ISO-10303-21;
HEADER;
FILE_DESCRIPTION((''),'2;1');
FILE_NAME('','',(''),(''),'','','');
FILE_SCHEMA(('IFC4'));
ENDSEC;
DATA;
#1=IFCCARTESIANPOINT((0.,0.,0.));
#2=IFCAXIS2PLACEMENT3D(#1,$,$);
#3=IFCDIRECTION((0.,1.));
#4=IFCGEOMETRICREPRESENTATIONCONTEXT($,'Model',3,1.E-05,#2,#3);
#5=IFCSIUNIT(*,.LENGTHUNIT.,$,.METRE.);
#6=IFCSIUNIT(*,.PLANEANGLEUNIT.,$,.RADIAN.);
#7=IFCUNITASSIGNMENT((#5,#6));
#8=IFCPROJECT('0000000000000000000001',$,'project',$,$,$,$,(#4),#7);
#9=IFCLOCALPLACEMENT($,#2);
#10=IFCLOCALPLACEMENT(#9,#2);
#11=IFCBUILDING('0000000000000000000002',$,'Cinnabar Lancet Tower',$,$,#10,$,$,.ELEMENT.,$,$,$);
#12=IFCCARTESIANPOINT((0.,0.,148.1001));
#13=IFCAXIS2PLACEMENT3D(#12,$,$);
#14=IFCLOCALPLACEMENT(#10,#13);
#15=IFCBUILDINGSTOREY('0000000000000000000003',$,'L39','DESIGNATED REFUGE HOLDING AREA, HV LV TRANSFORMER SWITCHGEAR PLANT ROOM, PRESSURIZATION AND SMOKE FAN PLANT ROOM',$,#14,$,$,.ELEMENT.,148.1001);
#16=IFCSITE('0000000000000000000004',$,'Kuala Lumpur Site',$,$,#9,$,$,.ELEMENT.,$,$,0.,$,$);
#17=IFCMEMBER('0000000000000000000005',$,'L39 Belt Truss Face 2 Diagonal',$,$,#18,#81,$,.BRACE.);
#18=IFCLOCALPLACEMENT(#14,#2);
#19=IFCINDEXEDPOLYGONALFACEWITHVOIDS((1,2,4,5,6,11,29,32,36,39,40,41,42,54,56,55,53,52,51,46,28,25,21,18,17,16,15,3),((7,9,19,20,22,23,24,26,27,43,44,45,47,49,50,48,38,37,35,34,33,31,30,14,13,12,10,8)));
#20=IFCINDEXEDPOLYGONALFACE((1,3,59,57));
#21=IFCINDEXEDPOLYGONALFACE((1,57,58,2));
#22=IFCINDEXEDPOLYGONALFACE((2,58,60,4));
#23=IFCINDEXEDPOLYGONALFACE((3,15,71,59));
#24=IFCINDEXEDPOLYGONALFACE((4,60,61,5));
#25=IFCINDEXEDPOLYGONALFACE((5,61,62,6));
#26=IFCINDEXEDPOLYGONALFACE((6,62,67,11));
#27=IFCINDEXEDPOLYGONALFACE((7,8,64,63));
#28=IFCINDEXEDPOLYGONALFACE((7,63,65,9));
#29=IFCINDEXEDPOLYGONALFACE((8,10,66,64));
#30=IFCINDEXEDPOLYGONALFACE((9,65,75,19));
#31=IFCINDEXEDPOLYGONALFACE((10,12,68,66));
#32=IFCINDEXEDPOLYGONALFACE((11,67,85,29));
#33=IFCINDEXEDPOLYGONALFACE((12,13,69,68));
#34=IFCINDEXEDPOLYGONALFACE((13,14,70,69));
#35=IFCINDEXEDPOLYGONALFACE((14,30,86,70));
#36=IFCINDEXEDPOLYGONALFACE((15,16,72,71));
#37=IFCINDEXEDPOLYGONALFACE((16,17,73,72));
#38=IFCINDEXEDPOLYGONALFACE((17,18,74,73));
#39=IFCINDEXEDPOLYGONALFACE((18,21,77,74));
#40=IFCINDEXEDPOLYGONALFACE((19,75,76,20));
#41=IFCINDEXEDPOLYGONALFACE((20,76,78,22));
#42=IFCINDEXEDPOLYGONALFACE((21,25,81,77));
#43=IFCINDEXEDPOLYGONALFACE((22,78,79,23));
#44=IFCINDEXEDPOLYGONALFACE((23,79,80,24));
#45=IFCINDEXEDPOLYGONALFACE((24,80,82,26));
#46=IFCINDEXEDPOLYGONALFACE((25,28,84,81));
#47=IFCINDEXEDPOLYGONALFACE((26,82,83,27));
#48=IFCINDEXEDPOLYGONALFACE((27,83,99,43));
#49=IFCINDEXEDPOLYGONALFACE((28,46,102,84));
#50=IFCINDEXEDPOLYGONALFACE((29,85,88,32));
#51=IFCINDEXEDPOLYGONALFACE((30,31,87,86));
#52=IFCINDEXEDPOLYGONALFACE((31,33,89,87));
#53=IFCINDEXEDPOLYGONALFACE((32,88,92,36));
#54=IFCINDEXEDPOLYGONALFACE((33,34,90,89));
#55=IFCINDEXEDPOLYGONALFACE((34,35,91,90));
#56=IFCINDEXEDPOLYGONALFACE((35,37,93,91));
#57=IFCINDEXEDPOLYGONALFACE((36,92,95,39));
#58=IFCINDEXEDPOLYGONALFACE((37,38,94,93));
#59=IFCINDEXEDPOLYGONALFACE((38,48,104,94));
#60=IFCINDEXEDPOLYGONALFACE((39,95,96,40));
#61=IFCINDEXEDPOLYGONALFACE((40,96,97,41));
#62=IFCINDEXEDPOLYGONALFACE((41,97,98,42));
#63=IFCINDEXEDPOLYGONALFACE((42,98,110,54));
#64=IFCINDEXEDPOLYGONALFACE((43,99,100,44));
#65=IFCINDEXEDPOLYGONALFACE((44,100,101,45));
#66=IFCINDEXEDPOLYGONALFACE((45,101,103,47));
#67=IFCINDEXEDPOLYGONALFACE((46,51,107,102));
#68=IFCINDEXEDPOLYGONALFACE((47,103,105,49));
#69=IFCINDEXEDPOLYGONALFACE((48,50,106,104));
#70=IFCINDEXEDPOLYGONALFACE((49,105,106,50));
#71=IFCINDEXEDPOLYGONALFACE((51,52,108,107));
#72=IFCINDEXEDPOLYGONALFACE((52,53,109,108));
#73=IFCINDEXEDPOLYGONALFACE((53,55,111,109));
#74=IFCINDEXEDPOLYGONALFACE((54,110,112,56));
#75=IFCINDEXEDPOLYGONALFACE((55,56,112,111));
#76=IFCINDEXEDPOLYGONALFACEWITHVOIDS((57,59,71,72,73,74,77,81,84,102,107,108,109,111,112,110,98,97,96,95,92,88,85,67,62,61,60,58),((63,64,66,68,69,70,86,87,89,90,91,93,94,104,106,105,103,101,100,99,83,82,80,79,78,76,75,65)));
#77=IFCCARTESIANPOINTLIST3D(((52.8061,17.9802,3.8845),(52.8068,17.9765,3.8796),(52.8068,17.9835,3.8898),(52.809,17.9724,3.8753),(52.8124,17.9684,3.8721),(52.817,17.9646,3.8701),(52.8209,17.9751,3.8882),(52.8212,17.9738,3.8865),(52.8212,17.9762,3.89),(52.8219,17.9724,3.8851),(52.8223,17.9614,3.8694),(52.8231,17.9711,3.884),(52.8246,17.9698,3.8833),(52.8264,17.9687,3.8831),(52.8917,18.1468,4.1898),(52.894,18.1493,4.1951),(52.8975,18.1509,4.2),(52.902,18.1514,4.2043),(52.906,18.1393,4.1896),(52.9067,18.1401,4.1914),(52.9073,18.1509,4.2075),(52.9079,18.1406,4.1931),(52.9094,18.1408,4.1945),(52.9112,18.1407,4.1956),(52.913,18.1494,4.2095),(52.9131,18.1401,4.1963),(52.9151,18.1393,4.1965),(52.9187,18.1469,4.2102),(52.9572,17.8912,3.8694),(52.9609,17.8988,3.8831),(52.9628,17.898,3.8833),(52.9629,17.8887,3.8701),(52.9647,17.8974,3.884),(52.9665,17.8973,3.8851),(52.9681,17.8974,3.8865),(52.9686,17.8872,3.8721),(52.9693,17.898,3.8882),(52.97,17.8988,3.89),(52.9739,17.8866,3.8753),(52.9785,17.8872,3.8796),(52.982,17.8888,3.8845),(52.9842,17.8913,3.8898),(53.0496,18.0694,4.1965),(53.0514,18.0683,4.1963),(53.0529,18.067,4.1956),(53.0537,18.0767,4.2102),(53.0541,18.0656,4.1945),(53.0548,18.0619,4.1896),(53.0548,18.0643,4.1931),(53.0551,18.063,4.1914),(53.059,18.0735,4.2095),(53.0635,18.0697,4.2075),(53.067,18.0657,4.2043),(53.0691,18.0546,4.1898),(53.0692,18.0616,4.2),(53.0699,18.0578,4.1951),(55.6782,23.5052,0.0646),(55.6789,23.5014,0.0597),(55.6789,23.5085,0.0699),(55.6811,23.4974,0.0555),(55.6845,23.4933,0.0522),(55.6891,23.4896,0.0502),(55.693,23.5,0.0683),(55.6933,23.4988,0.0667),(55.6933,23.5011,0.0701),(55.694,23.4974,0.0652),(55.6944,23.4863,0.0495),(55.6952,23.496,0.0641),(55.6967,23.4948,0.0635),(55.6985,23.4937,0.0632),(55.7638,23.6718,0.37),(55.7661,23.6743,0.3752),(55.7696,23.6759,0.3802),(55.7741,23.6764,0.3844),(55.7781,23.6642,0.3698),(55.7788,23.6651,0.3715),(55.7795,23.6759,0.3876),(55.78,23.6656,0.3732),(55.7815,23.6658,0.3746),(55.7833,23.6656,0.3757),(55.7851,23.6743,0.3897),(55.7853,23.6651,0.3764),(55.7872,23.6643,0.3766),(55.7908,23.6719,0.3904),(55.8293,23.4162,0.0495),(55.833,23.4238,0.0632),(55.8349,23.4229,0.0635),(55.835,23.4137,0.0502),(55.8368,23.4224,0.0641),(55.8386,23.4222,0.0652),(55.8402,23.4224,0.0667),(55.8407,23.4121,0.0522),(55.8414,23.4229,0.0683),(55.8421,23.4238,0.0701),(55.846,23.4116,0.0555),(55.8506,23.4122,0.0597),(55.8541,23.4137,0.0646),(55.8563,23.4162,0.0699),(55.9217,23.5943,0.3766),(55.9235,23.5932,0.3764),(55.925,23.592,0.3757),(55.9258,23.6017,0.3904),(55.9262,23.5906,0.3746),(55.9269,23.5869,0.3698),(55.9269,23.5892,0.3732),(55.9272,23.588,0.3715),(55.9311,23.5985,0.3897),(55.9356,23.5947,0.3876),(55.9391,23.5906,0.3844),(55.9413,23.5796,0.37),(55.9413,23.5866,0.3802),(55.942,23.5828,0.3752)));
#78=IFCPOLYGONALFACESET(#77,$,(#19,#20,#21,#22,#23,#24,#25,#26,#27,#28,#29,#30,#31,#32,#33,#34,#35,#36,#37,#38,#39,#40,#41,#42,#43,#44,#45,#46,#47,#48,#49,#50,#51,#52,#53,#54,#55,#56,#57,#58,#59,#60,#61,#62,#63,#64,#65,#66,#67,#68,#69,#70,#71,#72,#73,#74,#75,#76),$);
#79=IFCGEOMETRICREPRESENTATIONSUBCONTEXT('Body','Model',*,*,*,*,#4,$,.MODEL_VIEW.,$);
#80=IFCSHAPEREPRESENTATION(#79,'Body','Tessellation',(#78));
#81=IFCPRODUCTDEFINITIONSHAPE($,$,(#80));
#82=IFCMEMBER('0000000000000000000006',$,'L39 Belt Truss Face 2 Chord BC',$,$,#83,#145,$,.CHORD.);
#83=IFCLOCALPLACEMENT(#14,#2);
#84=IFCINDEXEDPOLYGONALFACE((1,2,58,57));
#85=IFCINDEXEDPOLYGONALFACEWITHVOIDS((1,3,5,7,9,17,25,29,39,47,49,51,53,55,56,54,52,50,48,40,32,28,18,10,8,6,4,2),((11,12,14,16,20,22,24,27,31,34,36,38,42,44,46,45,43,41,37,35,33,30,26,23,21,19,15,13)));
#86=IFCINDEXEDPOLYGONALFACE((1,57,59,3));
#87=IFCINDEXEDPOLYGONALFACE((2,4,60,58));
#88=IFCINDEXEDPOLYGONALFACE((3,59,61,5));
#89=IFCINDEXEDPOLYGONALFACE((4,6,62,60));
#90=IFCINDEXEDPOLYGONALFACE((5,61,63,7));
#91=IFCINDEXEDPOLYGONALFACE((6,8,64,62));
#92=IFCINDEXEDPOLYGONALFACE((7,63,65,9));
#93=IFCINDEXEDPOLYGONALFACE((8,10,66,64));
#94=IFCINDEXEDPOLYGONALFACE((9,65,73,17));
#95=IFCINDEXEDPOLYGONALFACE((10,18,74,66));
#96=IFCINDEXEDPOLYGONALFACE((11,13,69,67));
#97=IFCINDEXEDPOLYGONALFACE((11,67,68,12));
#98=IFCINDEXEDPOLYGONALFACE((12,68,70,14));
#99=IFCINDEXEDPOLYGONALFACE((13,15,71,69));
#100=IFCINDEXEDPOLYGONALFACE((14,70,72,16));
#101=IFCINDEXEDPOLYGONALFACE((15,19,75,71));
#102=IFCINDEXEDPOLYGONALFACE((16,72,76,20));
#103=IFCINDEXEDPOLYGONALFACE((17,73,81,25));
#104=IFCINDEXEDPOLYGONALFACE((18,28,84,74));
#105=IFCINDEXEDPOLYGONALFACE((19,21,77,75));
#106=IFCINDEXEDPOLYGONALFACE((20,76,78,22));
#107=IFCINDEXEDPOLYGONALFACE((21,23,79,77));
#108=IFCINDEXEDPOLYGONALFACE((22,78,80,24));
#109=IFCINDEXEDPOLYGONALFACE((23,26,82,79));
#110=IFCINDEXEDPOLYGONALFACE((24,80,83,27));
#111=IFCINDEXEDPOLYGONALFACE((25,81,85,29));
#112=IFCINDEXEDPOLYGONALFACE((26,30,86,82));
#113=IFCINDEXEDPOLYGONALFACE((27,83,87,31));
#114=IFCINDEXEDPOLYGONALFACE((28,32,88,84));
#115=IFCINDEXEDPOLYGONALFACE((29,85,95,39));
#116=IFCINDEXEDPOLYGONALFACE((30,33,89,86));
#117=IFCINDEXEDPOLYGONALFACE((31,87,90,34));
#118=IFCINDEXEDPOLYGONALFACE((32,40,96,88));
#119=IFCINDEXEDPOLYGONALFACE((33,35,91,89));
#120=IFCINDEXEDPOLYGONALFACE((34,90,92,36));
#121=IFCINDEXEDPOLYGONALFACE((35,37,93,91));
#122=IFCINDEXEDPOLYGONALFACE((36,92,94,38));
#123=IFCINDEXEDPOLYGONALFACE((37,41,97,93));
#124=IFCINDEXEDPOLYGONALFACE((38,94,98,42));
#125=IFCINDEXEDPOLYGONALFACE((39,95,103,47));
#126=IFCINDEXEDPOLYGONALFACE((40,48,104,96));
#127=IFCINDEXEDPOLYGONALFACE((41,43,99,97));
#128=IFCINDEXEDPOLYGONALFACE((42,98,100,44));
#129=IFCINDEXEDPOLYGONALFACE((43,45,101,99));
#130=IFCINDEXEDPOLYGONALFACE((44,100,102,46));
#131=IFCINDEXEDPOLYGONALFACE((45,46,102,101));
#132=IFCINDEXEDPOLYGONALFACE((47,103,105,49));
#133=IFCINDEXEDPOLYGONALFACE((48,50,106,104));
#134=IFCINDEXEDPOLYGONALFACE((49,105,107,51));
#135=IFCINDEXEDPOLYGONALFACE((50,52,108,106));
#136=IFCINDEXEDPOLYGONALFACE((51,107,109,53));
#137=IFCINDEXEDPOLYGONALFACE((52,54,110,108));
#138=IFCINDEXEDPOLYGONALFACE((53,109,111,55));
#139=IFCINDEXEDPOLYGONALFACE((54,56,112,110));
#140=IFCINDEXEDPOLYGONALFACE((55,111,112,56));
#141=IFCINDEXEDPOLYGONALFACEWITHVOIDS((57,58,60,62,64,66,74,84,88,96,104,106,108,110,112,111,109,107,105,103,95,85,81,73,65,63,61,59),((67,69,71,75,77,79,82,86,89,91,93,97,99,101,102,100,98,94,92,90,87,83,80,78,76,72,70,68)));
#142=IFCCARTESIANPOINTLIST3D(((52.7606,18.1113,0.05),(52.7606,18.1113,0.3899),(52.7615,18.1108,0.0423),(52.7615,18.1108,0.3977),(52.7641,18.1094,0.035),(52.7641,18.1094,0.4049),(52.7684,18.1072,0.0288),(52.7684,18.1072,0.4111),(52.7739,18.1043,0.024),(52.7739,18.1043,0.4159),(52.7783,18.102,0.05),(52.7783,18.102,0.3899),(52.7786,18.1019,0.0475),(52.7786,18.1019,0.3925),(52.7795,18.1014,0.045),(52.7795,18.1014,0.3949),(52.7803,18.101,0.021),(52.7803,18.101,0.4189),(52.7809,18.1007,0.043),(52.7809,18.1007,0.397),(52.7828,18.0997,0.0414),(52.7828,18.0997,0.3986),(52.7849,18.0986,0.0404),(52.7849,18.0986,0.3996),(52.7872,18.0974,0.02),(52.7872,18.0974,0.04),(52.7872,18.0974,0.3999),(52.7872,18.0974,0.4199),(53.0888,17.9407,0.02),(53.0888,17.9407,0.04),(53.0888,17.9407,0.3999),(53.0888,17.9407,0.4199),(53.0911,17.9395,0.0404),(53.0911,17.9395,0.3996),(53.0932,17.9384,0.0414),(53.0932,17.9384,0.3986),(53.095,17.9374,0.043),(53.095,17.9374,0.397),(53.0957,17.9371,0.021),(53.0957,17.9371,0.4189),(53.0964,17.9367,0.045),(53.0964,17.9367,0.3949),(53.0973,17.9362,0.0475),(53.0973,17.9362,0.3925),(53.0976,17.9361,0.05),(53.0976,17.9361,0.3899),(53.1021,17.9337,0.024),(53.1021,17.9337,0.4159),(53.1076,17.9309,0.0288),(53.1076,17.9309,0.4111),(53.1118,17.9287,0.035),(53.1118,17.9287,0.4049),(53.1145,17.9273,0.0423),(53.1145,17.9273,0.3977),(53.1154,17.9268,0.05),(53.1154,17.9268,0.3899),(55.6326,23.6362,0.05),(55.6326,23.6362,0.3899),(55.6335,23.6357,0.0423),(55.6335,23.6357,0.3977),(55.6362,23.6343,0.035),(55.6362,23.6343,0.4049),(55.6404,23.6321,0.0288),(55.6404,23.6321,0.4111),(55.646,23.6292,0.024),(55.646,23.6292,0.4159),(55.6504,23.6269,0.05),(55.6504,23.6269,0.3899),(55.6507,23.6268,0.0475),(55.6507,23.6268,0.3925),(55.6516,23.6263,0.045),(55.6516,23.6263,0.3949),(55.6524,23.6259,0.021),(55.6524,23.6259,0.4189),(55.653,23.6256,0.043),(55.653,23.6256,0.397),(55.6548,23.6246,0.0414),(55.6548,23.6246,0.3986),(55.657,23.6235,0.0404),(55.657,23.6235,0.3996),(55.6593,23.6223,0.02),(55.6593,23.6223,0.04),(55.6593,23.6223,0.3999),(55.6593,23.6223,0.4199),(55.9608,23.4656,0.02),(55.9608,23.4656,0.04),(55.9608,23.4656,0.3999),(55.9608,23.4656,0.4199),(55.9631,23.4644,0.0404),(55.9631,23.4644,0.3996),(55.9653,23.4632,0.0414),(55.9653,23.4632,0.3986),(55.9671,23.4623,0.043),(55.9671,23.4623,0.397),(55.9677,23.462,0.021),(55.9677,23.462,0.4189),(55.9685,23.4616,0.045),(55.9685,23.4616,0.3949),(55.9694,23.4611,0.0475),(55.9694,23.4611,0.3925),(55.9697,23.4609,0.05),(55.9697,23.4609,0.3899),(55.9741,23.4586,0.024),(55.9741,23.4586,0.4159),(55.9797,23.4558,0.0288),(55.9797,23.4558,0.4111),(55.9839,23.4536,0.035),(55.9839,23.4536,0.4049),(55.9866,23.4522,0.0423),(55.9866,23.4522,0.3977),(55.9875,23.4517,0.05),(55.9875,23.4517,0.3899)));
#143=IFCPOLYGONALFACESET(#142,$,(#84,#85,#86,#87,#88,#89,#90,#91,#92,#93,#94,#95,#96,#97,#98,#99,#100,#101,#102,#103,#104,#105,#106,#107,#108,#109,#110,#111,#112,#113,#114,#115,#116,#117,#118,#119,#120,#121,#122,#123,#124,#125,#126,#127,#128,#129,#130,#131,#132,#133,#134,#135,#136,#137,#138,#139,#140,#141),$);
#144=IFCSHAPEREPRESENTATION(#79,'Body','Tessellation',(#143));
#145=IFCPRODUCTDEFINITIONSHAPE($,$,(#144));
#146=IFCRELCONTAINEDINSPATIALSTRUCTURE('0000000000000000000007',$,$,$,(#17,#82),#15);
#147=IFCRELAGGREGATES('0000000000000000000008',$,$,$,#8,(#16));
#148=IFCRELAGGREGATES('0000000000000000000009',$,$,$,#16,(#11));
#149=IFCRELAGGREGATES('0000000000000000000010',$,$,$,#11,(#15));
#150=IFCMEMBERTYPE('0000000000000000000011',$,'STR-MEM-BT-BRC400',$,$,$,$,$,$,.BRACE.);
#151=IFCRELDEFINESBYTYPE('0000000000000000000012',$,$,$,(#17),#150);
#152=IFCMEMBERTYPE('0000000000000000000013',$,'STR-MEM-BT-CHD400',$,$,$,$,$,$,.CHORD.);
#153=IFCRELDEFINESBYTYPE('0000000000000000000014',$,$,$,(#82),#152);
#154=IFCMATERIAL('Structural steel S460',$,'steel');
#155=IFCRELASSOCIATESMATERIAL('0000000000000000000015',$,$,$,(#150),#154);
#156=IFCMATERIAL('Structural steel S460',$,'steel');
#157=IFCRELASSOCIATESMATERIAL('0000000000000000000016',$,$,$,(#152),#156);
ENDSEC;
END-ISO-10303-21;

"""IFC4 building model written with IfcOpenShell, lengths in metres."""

from ifc_helpers import new_model, si_unit, direction, frame, origin, origin_2d, place, context, subcontext, project, spatial, hollow_rectangle, extrude, material, material_profile, profile_set, type_object, element, save


model = new_model("IFC4")

# Units and contexts
model_context = context("Model", 3, precision=1e-05, world=origin(), true_north=direction((0.0, 1.0)))
body_context = subcontext(model_context, "Body", "Model", "MODEL_VIEW")
ifc_project = project(units=[si_unit("LENGTHUNIT", "METRE"), si_unit("PLANEANGLEUNIT", "RADIAN")], contexts=[model_context])

# Site, building, storey
site_placement = place(None, origin())
site = spatial("IfcSite", under=ifc_project, at=site_placement, Name="Kuala Lumpur Site", CompositionType="ELEMENT", RefElevation=0.0)
building_placement = place(site_placement, origin())
building = spatial("IfcBuilding", under=site, at=building_placement, Name="Cinnabar Lancet Tower", CompositionType="ELEMENT")
storey_placement = place(building_placement, frame((0.0, 0.0, 148.1001)))
storey = spatial("IfcBuildingStorey", under=building, at=storey_placement, Name="L39", Description="DESIGNATED REFUGE HOLDING AREA, HV LV TRANSFORMER SWITCHGEAR PLANT ROOM, PRESSURIZATION AND SMOKE FAN PLANT ROOM", CompositionType="ELEMENT", Elevation=148.1001)

# Members
ifc_material_1 = material(Name="Structural steel S460", Category="steel")
ifc_material_profile_1 = material_profile(ifc_material_1, hollow_rectangle(XDim=0.2, YDim=0.3999, WallThickness=0.0161, InnerFilletRadius=0.0081, OuterFilletRadius=0.0239, at=origin_2d()), Name="RHS 400x200x16")
ifc_profile_set_1 = profile_set([ifc_material_profile_1], Name="Structural steel S460")
member_type_1 = type_object("IfcMemberType", Name="STR-MEM-BT-BRC400", PredefinedType="BRACE", material=ifc_profile_set_1)
member_placement = place(storey_placement, frame((52.938, 18.019, 4.0398), z_axis=(0.39316, 0.756308, -0.522899), x_axis=(-0.887275, 0.461242, 0.0)))
element("IfcMember", 1, at=member_placement, inside=storey, type_object=member_type_1, Name="L39 Belt Truss Face 2 Diagonal", PredefinedType="BRACE", context=body_context, shape_type="SweptSolid", body=[
    extrude(hollow_rectangle(XDim=0.2, YDim=0.3999, WallThickness=0.0161, InnerFilletRadius=0.0081, OuterFilletRadius=0.0239, at=origin_2d()), origin(), (0.0, 0.0, 1.0), 7.3052),
])
ifc_material_2 = material(Name="Structural steel S460", Category="steel")
ifc_material_profile_2 = material_profile(ifc_material_2, hollow_rectangle(XDim=0.3999, YDim=0.3999, WallThickness=0.02, InnerFilletRadius=0.01, OuterFilletRadius=0.03, at=origin_2d()), Name="SHS 400x400x20")
ifc_profile_set_2 = profile_set([ifc_material_profile_2], Name="Structural steel S460")
member_type_2 = type_object("IfcMemberType", Name="STR-MEM-BT-CHD400", PredefinedType="CHORD", material=ifc_profile_set_2)
for number, where, z_axis, x_axis, name in (
    (2, (52.938, 18.019, 0.22), (0.461242, 0.887275, 0.0), (-0.887275, 0.461242, 0.0), "L39 Belt Truss Face 2 Chord BC"),
):
    element("IfcMember", number, at=place(storey_placement, frame(where, z_axis=z_axis, x_axis=x_axis)), inside=storey, type_object=member_type_2, Name=name, PredefinedType="CHORD", context=body_context, shape_type="SweptSolid", body=[
        extrude(hollow_rectangle(XDim=0.3999, YDim=0.3999, WallThickness=0.02, InnerFilletRadius=0.01, OuterFilletRadius=0.03, at=origin_2d()), origin(), (0.0, 0.0, 1.0), 6.2268),
    ])

save(model, "model.ifc")
